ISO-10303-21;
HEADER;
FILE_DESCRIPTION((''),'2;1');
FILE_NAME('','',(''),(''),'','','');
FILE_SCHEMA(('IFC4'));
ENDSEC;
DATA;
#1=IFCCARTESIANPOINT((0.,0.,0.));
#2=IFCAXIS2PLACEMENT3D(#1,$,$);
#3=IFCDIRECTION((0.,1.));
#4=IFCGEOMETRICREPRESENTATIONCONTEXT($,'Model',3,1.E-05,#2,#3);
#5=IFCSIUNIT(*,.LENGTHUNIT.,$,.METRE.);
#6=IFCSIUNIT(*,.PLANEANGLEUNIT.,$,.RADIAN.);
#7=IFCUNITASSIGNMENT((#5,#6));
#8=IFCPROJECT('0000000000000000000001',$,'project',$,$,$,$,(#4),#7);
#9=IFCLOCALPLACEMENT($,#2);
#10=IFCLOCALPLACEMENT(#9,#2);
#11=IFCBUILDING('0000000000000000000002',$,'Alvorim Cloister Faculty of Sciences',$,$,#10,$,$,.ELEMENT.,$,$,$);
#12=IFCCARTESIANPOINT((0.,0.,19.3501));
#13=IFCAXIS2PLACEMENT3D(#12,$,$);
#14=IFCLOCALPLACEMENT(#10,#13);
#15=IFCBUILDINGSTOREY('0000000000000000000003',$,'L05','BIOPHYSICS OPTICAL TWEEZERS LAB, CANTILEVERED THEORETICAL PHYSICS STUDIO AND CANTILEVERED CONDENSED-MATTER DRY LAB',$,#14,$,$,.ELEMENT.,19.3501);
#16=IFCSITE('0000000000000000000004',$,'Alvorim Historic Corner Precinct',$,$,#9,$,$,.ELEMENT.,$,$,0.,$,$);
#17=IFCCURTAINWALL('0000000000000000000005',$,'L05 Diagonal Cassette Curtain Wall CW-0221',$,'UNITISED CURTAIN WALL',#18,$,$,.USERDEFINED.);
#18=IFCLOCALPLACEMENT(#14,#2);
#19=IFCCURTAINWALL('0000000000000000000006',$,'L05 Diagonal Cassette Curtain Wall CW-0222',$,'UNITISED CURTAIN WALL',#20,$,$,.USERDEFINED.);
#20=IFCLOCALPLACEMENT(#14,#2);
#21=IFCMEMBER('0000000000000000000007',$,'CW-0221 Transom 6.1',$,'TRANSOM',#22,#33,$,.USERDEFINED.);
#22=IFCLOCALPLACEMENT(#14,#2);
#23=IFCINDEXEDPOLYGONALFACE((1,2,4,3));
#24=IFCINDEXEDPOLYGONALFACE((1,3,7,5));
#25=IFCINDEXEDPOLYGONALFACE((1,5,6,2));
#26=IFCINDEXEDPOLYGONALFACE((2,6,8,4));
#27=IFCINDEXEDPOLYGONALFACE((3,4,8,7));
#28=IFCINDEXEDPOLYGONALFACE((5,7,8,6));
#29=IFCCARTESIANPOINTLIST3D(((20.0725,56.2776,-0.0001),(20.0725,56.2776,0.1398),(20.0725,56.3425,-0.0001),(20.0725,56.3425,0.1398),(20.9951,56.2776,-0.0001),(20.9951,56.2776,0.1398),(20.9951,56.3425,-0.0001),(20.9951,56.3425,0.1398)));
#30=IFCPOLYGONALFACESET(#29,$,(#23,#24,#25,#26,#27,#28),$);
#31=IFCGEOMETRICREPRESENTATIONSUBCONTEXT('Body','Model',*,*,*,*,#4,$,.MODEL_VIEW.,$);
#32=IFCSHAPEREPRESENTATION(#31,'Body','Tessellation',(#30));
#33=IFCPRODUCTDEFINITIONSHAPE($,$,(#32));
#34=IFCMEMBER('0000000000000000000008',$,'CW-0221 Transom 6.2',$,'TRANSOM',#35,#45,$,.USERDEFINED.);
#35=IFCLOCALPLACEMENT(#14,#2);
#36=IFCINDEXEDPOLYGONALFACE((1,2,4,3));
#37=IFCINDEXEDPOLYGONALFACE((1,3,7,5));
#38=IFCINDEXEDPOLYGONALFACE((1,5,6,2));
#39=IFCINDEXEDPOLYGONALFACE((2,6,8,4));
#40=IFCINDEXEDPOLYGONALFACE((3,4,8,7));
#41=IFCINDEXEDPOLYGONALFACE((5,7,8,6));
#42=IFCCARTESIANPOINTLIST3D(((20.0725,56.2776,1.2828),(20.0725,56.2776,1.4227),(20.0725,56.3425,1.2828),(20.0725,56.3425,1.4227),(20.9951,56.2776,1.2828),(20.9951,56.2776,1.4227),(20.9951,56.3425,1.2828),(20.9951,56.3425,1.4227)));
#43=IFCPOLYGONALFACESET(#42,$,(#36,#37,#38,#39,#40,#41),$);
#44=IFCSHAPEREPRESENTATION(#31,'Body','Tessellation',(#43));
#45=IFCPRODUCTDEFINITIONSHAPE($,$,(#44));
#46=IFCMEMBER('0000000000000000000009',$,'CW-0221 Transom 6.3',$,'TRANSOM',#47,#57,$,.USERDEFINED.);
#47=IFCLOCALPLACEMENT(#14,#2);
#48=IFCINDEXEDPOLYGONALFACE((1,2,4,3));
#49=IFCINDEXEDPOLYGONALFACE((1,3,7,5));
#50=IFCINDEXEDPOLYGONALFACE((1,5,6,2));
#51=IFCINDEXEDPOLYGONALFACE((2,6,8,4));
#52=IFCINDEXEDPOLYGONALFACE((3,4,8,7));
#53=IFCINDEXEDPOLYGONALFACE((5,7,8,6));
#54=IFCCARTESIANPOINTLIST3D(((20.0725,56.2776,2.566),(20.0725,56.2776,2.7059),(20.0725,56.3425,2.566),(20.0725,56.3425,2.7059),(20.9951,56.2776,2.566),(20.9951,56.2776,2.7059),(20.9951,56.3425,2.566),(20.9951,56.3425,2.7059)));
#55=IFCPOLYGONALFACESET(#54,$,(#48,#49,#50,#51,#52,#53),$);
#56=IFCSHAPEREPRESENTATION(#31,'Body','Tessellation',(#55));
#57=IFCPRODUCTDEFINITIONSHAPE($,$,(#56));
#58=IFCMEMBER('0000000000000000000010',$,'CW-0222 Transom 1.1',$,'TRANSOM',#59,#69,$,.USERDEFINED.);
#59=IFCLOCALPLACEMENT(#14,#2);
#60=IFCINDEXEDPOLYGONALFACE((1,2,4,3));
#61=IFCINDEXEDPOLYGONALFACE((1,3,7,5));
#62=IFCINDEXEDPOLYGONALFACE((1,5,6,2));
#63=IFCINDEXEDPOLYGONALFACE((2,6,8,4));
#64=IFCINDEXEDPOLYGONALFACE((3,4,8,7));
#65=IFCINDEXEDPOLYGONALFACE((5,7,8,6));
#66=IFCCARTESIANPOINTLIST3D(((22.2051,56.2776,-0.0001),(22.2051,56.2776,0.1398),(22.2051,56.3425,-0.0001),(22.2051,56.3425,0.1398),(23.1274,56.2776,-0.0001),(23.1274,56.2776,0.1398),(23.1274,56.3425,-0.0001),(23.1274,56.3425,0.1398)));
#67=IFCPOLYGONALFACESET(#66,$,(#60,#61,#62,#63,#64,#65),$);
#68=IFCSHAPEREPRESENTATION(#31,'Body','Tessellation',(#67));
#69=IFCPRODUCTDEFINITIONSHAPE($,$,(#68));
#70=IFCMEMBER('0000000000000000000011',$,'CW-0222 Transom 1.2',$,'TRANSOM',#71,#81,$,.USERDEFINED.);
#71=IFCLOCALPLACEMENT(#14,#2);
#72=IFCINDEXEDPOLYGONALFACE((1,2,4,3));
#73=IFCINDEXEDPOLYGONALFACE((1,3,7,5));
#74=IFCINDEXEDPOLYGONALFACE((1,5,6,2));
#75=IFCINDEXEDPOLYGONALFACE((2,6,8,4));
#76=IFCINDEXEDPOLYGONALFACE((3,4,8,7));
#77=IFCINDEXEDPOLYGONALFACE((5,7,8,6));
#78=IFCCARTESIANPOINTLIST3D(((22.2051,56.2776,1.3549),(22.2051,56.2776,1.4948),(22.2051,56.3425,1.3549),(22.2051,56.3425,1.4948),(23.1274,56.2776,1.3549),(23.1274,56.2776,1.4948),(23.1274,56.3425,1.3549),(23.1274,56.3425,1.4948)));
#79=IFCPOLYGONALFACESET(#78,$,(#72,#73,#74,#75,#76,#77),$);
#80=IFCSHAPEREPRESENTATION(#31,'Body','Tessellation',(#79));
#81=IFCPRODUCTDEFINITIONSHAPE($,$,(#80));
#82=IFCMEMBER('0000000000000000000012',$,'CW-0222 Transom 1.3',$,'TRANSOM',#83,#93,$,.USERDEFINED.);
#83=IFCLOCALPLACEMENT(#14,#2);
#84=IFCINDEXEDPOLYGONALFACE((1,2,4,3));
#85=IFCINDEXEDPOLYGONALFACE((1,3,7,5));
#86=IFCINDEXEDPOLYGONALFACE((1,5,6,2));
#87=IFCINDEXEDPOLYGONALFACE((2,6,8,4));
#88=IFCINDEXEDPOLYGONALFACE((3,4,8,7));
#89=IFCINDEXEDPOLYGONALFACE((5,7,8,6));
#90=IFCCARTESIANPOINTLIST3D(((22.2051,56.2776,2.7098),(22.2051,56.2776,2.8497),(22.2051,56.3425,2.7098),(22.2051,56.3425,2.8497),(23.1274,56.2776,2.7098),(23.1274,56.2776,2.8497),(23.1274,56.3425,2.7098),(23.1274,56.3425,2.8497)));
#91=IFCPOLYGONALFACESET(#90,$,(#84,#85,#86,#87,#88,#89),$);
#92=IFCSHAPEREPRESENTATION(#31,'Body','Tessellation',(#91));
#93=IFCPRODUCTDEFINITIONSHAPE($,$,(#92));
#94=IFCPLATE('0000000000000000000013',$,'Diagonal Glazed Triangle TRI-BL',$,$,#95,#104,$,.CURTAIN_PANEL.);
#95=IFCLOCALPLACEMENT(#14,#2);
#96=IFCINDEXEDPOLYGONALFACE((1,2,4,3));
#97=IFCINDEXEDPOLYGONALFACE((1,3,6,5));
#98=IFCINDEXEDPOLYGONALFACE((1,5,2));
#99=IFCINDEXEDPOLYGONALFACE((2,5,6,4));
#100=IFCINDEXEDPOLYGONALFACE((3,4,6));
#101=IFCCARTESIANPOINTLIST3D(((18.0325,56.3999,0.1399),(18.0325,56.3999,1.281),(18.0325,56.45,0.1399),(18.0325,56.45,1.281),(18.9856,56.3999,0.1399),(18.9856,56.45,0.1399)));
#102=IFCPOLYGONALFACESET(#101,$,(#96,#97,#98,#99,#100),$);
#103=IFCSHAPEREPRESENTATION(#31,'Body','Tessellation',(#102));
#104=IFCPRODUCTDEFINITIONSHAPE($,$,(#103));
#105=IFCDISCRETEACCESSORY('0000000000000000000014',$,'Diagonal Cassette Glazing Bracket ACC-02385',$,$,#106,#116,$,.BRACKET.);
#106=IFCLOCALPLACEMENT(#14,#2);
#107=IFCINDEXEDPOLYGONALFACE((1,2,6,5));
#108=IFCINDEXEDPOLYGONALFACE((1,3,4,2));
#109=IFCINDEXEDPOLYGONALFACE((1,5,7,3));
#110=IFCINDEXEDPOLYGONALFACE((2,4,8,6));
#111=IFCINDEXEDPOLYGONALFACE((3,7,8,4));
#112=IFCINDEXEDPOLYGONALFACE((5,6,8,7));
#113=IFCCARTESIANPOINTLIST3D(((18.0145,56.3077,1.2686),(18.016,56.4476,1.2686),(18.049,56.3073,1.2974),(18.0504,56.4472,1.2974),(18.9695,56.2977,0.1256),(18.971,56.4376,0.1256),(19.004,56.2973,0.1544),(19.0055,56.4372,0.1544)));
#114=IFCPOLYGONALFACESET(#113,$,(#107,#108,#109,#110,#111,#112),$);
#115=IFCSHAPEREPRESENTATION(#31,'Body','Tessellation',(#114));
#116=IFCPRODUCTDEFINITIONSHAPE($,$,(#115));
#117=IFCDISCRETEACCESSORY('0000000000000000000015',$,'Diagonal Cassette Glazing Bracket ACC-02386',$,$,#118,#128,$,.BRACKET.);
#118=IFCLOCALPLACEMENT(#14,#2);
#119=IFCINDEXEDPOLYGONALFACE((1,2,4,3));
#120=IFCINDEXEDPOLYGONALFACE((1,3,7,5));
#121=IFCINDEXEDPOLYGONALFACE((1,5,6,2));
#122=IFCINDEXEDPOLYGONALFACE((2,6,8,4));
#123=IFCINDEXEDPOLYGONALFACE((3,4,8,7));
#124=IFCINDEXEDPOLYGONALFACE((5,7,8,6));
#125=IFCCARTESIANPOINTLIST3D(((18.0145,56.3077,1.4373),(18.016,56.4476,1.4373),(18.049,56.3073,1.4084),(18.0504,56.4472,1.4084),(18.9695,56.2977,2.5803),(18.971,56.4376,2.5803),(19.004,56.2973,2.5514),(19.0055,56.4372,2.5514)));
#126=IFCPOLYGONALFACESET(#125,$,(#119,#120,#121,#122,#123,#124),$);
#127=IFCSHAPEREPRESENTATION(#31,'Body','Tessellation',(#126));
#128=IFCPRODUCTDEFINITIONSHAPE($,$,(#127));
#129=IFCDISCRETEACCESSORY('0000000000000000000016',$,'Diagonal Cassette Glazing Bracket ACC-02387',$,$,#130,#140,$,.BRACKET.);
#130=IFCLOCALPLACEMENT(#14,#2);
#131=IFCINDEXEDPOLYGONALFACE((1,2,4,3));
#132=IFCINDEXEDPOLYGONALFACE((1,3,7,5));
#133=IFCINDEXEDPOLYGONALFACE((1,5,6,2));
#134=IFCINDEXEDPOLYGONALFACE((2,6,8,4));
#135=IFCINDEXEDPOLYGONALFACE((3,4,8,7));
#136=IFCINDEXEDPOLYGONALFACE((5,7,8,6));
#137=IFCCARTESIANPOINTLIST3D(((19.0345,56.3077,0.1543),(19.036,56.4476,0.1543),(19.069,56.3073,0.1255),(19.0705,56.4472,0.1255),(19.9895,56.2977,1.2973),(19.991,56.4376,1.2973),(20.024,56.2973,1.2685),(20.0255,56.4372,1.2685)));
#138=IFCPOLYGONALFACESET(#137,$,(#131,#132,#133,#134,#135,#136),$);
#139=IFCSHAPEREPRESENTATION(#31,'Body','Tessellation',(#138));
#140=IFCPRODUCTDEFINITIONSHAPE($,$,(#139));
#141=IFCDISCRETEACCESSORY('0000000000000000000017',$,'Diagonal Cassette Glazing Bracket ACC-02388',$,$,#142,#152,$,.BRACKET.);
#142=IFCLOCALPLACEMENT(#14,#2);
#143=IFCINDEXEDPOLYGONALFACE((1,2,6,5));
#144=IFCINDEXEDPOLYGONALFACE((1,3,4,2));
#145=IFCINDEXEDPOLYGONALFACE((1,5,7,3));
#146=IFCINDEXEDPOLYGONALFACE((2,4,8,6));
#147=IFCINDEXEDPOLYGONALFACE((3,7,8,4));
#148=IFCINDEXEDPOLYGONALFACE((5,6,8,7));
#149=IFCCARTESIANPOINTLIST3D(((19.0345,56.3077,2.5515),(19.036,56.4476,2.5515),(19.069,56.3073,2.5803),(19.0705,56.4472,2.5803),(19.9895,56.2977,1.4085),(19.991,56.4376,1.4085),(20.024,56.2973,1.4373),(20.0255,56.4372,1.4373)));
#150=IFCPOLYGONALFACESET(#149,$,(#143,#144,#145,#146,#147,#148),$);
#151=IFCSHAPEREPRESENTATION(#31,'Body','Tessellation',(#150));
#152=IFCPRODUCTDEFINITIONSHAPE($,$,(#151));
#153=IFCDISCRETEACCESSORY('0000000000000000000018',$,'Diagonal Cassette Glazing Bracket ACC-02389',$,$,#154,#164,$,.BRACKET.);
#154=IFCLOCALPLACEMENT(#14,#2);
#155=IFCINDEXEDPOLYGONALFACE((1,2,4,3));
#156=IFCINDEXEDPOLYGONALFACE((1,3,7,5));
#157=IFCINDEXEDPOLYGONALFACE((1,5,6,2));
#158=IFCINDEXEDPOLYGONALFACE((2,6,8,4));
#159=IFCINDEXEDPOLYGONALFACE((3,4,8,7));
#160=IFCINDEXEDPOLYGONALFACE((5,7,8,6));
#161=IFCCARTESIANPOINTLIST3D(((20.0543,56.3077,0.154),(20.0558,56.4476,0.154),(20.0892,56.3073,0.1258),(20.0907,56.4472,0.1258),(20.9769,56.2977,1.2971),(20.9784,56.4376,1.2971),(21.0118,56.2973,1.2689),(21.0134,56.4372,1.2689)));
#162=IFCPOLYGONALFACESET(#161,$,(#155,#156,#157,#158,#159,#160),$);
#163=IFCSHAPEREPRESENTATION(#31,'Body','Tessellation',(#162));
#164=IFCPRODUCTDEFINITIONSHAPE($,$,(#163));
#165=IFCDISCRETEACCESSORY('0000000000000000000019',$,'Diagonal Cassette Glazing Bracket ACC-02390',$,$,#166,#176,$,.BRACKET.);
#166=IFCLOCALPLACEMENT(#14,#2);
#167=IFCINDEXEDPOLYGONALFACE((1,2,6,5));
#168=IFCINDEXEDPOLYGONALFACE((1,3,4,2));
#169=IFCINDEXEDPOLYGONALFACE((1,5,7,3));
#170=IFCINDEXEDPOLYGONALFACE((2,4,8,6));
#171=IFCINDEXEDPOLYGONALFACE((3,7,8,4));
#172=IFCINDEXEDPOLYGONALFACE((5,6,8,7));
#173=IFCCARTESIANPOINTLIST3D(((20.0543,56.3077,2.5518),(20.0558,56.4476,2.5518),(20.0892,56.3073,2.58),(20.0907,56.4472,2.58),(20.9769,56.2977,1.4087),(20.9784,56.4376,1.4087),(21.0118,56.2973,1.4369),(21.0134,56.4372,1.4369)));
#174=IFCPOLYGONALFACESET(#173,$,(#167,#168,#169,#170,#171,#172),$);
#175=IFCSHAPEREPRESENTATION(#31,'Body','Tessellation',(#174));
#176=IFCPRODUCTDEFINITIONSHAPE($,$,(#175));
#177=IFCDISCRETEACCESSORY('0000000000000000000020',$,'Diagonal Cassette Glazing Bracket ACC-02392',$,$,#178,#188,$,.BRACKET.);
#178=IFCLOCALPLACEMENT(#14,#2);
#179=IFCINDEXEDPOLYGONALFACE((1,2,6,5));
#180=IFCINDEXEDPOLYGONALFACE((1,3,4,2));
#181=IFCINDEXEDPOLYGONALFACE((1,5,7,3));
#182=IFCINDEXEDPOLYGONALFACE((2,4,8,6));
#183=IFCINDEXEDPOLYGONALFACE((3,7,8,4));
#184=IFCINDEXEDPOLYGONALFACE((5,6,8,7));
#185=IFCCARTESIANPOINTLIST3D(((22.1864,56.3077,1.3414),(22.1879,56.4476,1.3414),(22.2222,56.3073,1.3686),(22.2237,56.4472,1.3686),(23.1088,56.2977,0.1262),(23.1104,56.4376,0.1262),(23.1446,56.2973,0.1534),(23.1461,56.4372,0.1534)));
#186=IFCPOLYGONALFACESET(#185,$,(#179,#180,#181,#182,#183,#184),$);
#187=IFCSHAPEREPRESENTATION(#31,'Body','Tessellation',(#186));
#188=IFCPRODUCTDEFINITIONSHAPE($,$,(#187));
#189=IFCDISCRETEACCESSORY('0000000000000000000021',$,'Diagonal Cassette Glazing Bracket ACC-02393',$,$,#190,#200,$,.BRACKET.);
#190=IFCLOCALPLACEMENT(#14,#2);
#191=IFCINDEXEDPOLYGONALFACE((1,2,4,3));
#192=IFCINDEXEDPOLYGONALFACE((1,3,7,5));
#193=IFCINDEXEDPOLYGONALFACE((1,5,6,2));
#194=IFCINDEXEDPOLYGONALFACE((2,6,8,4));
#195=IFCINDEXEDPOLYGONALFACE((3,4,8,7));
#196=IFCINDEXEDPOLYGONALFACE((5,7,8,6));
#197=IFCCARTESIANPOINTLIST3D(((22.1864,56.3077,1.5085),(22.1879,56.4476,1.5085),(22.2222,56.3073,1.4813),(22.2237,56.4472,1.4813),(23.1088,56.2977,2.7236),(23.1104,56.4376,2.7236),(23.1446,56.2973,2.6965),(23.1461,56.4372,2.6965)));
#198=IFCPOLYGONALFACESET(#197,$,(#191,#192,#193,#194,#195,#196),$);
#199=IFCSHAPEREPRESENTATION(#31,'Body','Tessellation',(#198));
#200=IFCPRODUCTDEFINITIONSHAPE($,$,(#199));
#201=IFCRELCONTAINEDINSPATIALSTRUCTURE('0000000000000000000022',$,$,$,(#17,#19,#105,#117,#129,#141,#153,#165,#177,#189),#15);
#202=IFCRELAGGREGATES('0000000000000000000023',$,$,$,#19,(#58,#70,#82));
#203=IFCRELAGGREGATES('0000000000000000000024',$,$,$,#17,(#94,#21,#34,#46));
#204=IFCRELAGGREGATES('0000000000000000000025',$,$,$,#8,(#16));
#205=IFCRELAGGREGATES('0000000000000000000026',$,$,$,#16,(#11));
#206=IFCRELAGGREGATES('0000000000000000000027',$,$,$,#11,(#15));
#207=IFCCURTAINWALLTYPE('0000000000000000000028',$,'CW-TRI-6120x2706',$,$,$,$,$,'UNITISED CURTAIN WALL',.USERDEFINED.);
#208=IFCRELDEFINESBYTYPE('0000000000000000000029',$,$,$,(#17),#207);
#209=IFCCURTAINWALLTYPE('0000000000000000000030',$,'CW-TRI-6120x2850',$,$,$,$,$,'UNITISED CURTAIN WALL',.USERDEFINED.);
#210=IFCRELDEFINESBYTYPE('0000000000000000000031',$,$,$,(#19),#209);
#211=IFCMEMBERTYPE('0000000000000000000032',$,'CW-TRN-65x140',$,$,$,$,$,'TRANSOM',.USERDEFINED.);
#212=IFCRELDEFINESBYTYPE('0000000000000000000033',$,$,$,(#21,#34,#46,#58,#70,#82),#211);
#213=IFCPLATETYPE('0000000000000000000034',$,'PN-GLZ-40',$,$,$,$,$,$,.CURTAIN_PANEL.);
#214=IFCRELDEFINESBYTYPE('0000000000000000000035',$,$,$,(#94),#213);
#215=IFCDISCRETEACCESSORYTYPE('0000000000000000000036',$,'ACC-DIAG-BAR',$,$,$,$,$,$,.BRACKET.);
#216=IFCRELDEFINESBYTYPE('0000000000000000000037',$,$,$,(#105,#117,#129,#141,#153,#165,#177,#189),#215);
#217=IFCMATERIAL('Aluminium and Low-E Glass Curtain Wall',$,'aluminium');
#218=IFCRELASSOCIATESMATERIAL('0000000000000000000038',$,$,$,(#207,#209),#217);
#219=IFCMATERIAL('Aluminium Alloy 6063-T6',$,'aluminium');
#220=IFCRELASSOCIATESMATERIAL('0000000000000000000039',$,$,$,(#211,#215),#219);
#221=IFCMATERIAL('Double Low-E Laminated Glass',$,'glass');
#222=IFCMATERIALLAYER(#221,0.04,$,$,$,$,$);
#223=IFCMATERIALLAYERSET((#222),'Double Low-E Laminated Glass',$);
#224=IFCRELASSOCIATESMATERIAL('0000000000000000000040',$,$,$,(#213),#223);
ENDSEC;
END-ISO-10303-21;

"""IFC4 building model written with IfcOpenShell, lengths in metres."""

from ifc_helpers import new_model, si_unit, direction, frame, origin, origin_2d, place, context, subcontext, project, spatial, polyline, rectangle, outline, extrude, material, layer, layer_set, material_profile, profile_set, type_object, element, aggregate, save


model = new_model("IFC4")

# Units and contexts
model_context = context("Model", 3, precision=1e-05, world=origin(), true_north=direction((0.0, 1.0)))
body_context = subcontext(model_context, "Body", "Model", "MODEL_VIEW")
ifc_project = project(units=[si_unit("LENGTHUNIT", "METRE"), si_unit("PLANEANGLEUNIT", "RADIAN")], contexts=[model_context])

# Site, building, storey
site_placement = place(None, origin())
site = spatial("IfcSite", under=ifc_project, at=site_placement, Name="Alvorim Historic Corner Precinct", CompositionType="ELEMENT", RefElevation=0.0)
building_placement = place(site_placement, origin())
building = spatial("IfcBuilding", under=site, at=building_placement, Name="Alvorim Cloister Faculty of Sciences", CompositionType="ELEMENT")
storey_placement = place(building_placement, frame((0.0, 0.0, 19.3501)))
storey = spatial("IfcBuildingStorey", under=building, at=storey_placement, Name="L05", Description="BIOPHYSICS OPTICAL TWEEZERS LAB, CANTILEVERED THEORETICAL PHYSICS STUDIO AND CANTILEVERED CONDENSED-MATTER DRY LAB", CompositionType="ELEMENT", Elevation=19.3501)

# Curtain walls
ifc_material_1 = material(Name="Aluminium and Low-E Glass Curtain Wall", Category="aluminium")
curtain_wall_type_1 = type_object("IfcCurtainWallType", Name="CW-TRI-6120x2706", ElementType="UNITISED CURTAIN WALL", PredefinedType="USERDEFINED", material=ifc_material_1)
curtain_wall_1_placement = place(storey_placement, origin())
curtain_wall_1 = element("IfcCurtainWall", 1, at=curtain_wall_1_placement, inside=storey, type_object=curtain_wall_type_1, Name="L05 Diagonal Cassette Curtain Wall CW-0221", ObjectType="UNITISED CURTAIN WALL", PredefinedType="USERDEFINED")
ifc_material_2 = material(Name="Aluminium Alloy 6063-T6", Category="aluminium")
curtain_wall_type_2 = type_object("IfcCurtainWallType", Name="CW-TRI-6120x2850", ElementType="UNITISED CURTAIN WALL", PredefinedType="USERDEFINED", material=ifc_material_1)
curtain_wall_2_placement = place(storey_placement, origin())
curtain_wall_2 = element("IfcCurtainWall", 2, at=curtain_wall_2_placement, inside=storey, type_object=curtain_wall_type_2, Name="L05 Diagonal Cassette Curtain Wall CW-0222", ObjectType="UNITISED CURTAIN WALL", PredefinedType="USERDEFINED")

# Members
ifc_material_profile_1 = material_profile(ifc_material_2, rectangle(XDim=0.0649, YDim=0.1399, at=origin_2d()), Name="ALU-TRN-65x140")
ifc_profile_set_1 = profile_set([ifc_material_profile_1], Name="Aluminium Alloy 6063-T6")
member_type_1 = type_object("IfcMemberType", Name="CW-TRN-65x140", ElementType="TRANSOM", PredefinedType="USERDEFINED", material=ifc_profile_set_1)
member_1_placement = place(storey_placement, frame((20.0725, 56.3101, 0.0698), z_axis=(1.0, 0.0, 0.0), x_axis=(0.0, 1.0, 0.0)))
member_1 = element("IfcMember", 3, at=member_1_placement, type_object=member_type_1, Name="CW-0221 Transom 6.1", ObjectType="TRANSOM", PredefinedType="USERDEFINED", context=body_context, shape_type="SweptSolid", body=[
    extrude(rectangle(XDim=0.0649, YDim=0.1399, at=origin_2d()), origin(), (0.0, 0.0, 1.0), 0.9226),
])
member_2_placement = place(storey_placement, frame((20.0725, 56.3101, 1.3528), z_axis=(1.0, 0.0, 0.0), x_axis=(0.0, 1.0, 0.0)))
member_2 = element("IfcMember", 4, at=member_2_placement, type_object=member_type_1, Name="CW-0221 Transom 6.2", ObjectType="TRANSOM", PredefinedType="USERDEFINED", context=body_context, shape_type="SweptSolid", body=[
    extrude(rectangle(XDim=0.0649, YDim=0.1399, at=origin_2d()), origin(), (0.0, 0.0, 1.0), 0.9226),
])
member_3_placement = place(storey_placement, frame((20.0725, 56.3101, 2.636), z_axis=(1.0, 0.0, 0.0), x_axis=(0.0, 1.0, 0.0)))
member_3 = element("IfcMember", 5, at=member_3_placement, type_object=member_type_1, Name="CW-0221 Transom 6.3", ObjectType="TRANSOM", PredefinedType="USERDEFINED", context=body_context, shape_type="SweptSolid", body=[
    extrude(rectangle(XDim=0.0649, YDim=0.1399, at=origin_2d()), origin(), (0.0, 0.0, 1.0), 0.9226),
])
member_4_placement = place(storey_placement, frame((22.2051, 56.3101, 0.0698), z_axis=(1.0, 0.0, 0.0), x_axis=(0.0, 1.0, 0.0)))
member_4 = element("IfcMember", 6, at=member_4_placement, type_object=member_type_1, Name="CW-0222 Transom 1.1", ObjectType="TRANSOM", PredefinedType="USERDEFINED", context=body_context, shape_type="SweptSolid", body=[
    extrude(rectangle(XDim=0.0649, YDim=0.1399, at=origin_2d()), origin(), (0.0, 0.0, 1.0), 0.9224),
])
member_5_placement = place(storey_placement, frame((22.2051, 56.3101, 1.4248), z_axis=(1.0, 0.0, 0.0), x_axis=(0.0, 1.0, 0.0)))
member_5 = element("IfcMember", 7, at=member_5_placement, type_object=member_type_1, Name="CW-0222 Transom 1.2", ObjectType="TRANSOM", PredefinedType="USERDEFINED", context=body_context, shape_type="SweptSolid", body=[
    extrude(rectangle(XDim=0.0649, YDim=0.1399, at=origin_2d()), origin(), (0.0, 0.0, 1.0), 0.9224),
])
member_6_placement = place(storey_placement, frame((22.2051, 56.3101, 2.7798), z_axis=(1.0, 0.0, 0.0), x_axis=(0.0, 1.0, 0.0)))
member_6 = element("IfcMember", 8, at=member_6_placement, type_object=member_type_1, Name="CW-0222 Transom 1.3", ObjectType="TRANSOM", PredefinedType="USERDEFINED", context=body_context, shape_type="SweptSolid", body=[
    extrude(rectangle(XDim=0.0649, YDim=0.1399, at=origin_2d()), origin(), (0.0, 0.0, 1.0), 0.9224),
])
aggregate(curtain_wall_2, [member_4, member_5, member_6])

# Plate
ifc_material_3 = material(Name="Double Low-E Laminated Glass", Category="glass")
ifc_layer = layer(ifc_material_3, 0.04)
ifc_layer_set = layer_set([ifc_layer], Name="Double Low-E Laminated Glass")
plate_type = type_object("IfcPlateType", Name="PN-GLZ-40", PredefinedType="CURTAIN_PANEL", material=ifc_layer_set)
plate_1_placement = place(storey_placement, frame((18.0325, 56.425, 0.1399), z_axis=(0.0, 0.0, 1.0), x_axis=(1.0, 0.0, 0.0)))
plate_1 = element("IfcPlate", 9, at=plate_1_placement, type_object=plate_type, Name="Diagonal Glazed Triangle TRI-BL", PredefinedType="CURTAIN_PANEL", context=body_context, shape_type="SweptSolid", body=[
    extrude(outline(polyline([(0.0, 0.0), (0.9531, 0.0), (0.0, 1.1411), (0.0, 0.0)])), frame((0.0, 0.0249, 0.0), z_axis=(0.0, -1.0, 0.0), x_axis=(1.0, 0.0, 0.0)), (0.0, 0.0, 1.0), 0.05),
])
aggregate(curtain_wall_1, [plate_1, member_1, member_2, member_3])

# Discrete accessories
discrete_accessory_type = type_object("IfcDiscreteAccessoryType", Name="ACC-DIAG-BAR", PredefinedType="BRACKET", material=ifc_material_2)
for number, where, z_axis, x_axis, name in (
    (10, (18.0325, 56.3774, 1.283), (0.641169, -0.00672, -0.76737), (0.01048, 0.999945, 0.0), "Diagonal Cassette Glazing Bracket ACC-02385"),
    (11, (18.0325, 56.3774, 1.4229), (0.641169, -0.00672, 0.76737), (0.01048, 0.999945, 0.0), "Diagonal Cassette Glazing Bracket ACC-02386"),
    (12, (19.0525, 56.3774, 0.1399), (0.641169, -0.00672, 0.76737), (0.01048, 0.999945, 0.0), "Diagonal Cassette Glazing Bracket ACC-02387"),
    (13, (19.0525, 56.3774, 2.5659), (0.641169, -0.00672, -0.76737), (0.01048, 0.999945, 0.0), "Diagonal Cassette Glazing Bracket ACC-02388"),
):
    element("IfcDiscreteAccessory", number, at=place(storey_placement, frame(where, z_axis=z_axis, x_axis=x_axis)), inside=storey, type_object=discrete_accessory_type, Name=name, PredefinedType="BRACKET", context=body_context, shape_type="SweptSolid", body=[
        extrude(rectangle(XDim=0.1399, YDim=0.0449, at=origin_2d()), origin(), (0.0, 0.0, 1.0), 1.4895),
    ])
for number, where, z_axis, x_axis, name in (
    (14, (20.0725, 56.3774, 0.1399), (0.628059, -0.006814, 0.778136), (0.010849, 0.999941, 0.0), "Diagonal Cassette Glazing Bracket ACC-02389"),
    (15, (20.0725, 56.3774, 2.5659), (0.628059, -0.006814, -0.778136), (0.010849, 0.999941, 0.0), "Diagonal Cassette Glazing Bracket ACC-02390"),
):
    element("IfcDiscreteAccessory", number, at=place(storey_placement, frame(where, z_axis=z_axis, x_axis=x_axis)), inside=storey, type_object=discrete_accessory_type, Name=name, PredefinedType="BRACKET", context=body_context, shape_type="SweptSolid", body=[
        extrude(rectangle(XDim=0.1399, YDim=0.0449, at=origin_2d()), origin(), (0.0, 0.0, 1.0), 1.469),
    ])
for number, where, z_axis, x_axis, name in (
    (16, (22.2051, 56.3774, 1.355), (0.604612, -0.006561, -0.796493), (0.010852, 0.999941, 0.0), "Diagonal Cassette Glazing Bracket ACC-02392"),
    (17, (22.2051, 56.3774, 1.4949), (0.604612, -0.006561, 0.796493), (0.010852, 0.999941, 0.0), "Diagonal Cassette Glazing Bracket ACC-02393"),
):
    element("IfcDiscreteAccessory", number, at=place(storey_placement, frame(where, z_axis=z_axis, x_axis=x_axis)), inside=storey, type_object=discrete_accessory_type, Name=name, PredefinedType="BRACKET", context=body_context, shape_type="SweptSolid", body=[
        extrude(rectangle(XDim=0.1399, YDim=0.0449, at=origin_2d()), origin(), (0.0, 0.0, 1.0), 1.5256),
    ])

save(model, "model.ifc")
